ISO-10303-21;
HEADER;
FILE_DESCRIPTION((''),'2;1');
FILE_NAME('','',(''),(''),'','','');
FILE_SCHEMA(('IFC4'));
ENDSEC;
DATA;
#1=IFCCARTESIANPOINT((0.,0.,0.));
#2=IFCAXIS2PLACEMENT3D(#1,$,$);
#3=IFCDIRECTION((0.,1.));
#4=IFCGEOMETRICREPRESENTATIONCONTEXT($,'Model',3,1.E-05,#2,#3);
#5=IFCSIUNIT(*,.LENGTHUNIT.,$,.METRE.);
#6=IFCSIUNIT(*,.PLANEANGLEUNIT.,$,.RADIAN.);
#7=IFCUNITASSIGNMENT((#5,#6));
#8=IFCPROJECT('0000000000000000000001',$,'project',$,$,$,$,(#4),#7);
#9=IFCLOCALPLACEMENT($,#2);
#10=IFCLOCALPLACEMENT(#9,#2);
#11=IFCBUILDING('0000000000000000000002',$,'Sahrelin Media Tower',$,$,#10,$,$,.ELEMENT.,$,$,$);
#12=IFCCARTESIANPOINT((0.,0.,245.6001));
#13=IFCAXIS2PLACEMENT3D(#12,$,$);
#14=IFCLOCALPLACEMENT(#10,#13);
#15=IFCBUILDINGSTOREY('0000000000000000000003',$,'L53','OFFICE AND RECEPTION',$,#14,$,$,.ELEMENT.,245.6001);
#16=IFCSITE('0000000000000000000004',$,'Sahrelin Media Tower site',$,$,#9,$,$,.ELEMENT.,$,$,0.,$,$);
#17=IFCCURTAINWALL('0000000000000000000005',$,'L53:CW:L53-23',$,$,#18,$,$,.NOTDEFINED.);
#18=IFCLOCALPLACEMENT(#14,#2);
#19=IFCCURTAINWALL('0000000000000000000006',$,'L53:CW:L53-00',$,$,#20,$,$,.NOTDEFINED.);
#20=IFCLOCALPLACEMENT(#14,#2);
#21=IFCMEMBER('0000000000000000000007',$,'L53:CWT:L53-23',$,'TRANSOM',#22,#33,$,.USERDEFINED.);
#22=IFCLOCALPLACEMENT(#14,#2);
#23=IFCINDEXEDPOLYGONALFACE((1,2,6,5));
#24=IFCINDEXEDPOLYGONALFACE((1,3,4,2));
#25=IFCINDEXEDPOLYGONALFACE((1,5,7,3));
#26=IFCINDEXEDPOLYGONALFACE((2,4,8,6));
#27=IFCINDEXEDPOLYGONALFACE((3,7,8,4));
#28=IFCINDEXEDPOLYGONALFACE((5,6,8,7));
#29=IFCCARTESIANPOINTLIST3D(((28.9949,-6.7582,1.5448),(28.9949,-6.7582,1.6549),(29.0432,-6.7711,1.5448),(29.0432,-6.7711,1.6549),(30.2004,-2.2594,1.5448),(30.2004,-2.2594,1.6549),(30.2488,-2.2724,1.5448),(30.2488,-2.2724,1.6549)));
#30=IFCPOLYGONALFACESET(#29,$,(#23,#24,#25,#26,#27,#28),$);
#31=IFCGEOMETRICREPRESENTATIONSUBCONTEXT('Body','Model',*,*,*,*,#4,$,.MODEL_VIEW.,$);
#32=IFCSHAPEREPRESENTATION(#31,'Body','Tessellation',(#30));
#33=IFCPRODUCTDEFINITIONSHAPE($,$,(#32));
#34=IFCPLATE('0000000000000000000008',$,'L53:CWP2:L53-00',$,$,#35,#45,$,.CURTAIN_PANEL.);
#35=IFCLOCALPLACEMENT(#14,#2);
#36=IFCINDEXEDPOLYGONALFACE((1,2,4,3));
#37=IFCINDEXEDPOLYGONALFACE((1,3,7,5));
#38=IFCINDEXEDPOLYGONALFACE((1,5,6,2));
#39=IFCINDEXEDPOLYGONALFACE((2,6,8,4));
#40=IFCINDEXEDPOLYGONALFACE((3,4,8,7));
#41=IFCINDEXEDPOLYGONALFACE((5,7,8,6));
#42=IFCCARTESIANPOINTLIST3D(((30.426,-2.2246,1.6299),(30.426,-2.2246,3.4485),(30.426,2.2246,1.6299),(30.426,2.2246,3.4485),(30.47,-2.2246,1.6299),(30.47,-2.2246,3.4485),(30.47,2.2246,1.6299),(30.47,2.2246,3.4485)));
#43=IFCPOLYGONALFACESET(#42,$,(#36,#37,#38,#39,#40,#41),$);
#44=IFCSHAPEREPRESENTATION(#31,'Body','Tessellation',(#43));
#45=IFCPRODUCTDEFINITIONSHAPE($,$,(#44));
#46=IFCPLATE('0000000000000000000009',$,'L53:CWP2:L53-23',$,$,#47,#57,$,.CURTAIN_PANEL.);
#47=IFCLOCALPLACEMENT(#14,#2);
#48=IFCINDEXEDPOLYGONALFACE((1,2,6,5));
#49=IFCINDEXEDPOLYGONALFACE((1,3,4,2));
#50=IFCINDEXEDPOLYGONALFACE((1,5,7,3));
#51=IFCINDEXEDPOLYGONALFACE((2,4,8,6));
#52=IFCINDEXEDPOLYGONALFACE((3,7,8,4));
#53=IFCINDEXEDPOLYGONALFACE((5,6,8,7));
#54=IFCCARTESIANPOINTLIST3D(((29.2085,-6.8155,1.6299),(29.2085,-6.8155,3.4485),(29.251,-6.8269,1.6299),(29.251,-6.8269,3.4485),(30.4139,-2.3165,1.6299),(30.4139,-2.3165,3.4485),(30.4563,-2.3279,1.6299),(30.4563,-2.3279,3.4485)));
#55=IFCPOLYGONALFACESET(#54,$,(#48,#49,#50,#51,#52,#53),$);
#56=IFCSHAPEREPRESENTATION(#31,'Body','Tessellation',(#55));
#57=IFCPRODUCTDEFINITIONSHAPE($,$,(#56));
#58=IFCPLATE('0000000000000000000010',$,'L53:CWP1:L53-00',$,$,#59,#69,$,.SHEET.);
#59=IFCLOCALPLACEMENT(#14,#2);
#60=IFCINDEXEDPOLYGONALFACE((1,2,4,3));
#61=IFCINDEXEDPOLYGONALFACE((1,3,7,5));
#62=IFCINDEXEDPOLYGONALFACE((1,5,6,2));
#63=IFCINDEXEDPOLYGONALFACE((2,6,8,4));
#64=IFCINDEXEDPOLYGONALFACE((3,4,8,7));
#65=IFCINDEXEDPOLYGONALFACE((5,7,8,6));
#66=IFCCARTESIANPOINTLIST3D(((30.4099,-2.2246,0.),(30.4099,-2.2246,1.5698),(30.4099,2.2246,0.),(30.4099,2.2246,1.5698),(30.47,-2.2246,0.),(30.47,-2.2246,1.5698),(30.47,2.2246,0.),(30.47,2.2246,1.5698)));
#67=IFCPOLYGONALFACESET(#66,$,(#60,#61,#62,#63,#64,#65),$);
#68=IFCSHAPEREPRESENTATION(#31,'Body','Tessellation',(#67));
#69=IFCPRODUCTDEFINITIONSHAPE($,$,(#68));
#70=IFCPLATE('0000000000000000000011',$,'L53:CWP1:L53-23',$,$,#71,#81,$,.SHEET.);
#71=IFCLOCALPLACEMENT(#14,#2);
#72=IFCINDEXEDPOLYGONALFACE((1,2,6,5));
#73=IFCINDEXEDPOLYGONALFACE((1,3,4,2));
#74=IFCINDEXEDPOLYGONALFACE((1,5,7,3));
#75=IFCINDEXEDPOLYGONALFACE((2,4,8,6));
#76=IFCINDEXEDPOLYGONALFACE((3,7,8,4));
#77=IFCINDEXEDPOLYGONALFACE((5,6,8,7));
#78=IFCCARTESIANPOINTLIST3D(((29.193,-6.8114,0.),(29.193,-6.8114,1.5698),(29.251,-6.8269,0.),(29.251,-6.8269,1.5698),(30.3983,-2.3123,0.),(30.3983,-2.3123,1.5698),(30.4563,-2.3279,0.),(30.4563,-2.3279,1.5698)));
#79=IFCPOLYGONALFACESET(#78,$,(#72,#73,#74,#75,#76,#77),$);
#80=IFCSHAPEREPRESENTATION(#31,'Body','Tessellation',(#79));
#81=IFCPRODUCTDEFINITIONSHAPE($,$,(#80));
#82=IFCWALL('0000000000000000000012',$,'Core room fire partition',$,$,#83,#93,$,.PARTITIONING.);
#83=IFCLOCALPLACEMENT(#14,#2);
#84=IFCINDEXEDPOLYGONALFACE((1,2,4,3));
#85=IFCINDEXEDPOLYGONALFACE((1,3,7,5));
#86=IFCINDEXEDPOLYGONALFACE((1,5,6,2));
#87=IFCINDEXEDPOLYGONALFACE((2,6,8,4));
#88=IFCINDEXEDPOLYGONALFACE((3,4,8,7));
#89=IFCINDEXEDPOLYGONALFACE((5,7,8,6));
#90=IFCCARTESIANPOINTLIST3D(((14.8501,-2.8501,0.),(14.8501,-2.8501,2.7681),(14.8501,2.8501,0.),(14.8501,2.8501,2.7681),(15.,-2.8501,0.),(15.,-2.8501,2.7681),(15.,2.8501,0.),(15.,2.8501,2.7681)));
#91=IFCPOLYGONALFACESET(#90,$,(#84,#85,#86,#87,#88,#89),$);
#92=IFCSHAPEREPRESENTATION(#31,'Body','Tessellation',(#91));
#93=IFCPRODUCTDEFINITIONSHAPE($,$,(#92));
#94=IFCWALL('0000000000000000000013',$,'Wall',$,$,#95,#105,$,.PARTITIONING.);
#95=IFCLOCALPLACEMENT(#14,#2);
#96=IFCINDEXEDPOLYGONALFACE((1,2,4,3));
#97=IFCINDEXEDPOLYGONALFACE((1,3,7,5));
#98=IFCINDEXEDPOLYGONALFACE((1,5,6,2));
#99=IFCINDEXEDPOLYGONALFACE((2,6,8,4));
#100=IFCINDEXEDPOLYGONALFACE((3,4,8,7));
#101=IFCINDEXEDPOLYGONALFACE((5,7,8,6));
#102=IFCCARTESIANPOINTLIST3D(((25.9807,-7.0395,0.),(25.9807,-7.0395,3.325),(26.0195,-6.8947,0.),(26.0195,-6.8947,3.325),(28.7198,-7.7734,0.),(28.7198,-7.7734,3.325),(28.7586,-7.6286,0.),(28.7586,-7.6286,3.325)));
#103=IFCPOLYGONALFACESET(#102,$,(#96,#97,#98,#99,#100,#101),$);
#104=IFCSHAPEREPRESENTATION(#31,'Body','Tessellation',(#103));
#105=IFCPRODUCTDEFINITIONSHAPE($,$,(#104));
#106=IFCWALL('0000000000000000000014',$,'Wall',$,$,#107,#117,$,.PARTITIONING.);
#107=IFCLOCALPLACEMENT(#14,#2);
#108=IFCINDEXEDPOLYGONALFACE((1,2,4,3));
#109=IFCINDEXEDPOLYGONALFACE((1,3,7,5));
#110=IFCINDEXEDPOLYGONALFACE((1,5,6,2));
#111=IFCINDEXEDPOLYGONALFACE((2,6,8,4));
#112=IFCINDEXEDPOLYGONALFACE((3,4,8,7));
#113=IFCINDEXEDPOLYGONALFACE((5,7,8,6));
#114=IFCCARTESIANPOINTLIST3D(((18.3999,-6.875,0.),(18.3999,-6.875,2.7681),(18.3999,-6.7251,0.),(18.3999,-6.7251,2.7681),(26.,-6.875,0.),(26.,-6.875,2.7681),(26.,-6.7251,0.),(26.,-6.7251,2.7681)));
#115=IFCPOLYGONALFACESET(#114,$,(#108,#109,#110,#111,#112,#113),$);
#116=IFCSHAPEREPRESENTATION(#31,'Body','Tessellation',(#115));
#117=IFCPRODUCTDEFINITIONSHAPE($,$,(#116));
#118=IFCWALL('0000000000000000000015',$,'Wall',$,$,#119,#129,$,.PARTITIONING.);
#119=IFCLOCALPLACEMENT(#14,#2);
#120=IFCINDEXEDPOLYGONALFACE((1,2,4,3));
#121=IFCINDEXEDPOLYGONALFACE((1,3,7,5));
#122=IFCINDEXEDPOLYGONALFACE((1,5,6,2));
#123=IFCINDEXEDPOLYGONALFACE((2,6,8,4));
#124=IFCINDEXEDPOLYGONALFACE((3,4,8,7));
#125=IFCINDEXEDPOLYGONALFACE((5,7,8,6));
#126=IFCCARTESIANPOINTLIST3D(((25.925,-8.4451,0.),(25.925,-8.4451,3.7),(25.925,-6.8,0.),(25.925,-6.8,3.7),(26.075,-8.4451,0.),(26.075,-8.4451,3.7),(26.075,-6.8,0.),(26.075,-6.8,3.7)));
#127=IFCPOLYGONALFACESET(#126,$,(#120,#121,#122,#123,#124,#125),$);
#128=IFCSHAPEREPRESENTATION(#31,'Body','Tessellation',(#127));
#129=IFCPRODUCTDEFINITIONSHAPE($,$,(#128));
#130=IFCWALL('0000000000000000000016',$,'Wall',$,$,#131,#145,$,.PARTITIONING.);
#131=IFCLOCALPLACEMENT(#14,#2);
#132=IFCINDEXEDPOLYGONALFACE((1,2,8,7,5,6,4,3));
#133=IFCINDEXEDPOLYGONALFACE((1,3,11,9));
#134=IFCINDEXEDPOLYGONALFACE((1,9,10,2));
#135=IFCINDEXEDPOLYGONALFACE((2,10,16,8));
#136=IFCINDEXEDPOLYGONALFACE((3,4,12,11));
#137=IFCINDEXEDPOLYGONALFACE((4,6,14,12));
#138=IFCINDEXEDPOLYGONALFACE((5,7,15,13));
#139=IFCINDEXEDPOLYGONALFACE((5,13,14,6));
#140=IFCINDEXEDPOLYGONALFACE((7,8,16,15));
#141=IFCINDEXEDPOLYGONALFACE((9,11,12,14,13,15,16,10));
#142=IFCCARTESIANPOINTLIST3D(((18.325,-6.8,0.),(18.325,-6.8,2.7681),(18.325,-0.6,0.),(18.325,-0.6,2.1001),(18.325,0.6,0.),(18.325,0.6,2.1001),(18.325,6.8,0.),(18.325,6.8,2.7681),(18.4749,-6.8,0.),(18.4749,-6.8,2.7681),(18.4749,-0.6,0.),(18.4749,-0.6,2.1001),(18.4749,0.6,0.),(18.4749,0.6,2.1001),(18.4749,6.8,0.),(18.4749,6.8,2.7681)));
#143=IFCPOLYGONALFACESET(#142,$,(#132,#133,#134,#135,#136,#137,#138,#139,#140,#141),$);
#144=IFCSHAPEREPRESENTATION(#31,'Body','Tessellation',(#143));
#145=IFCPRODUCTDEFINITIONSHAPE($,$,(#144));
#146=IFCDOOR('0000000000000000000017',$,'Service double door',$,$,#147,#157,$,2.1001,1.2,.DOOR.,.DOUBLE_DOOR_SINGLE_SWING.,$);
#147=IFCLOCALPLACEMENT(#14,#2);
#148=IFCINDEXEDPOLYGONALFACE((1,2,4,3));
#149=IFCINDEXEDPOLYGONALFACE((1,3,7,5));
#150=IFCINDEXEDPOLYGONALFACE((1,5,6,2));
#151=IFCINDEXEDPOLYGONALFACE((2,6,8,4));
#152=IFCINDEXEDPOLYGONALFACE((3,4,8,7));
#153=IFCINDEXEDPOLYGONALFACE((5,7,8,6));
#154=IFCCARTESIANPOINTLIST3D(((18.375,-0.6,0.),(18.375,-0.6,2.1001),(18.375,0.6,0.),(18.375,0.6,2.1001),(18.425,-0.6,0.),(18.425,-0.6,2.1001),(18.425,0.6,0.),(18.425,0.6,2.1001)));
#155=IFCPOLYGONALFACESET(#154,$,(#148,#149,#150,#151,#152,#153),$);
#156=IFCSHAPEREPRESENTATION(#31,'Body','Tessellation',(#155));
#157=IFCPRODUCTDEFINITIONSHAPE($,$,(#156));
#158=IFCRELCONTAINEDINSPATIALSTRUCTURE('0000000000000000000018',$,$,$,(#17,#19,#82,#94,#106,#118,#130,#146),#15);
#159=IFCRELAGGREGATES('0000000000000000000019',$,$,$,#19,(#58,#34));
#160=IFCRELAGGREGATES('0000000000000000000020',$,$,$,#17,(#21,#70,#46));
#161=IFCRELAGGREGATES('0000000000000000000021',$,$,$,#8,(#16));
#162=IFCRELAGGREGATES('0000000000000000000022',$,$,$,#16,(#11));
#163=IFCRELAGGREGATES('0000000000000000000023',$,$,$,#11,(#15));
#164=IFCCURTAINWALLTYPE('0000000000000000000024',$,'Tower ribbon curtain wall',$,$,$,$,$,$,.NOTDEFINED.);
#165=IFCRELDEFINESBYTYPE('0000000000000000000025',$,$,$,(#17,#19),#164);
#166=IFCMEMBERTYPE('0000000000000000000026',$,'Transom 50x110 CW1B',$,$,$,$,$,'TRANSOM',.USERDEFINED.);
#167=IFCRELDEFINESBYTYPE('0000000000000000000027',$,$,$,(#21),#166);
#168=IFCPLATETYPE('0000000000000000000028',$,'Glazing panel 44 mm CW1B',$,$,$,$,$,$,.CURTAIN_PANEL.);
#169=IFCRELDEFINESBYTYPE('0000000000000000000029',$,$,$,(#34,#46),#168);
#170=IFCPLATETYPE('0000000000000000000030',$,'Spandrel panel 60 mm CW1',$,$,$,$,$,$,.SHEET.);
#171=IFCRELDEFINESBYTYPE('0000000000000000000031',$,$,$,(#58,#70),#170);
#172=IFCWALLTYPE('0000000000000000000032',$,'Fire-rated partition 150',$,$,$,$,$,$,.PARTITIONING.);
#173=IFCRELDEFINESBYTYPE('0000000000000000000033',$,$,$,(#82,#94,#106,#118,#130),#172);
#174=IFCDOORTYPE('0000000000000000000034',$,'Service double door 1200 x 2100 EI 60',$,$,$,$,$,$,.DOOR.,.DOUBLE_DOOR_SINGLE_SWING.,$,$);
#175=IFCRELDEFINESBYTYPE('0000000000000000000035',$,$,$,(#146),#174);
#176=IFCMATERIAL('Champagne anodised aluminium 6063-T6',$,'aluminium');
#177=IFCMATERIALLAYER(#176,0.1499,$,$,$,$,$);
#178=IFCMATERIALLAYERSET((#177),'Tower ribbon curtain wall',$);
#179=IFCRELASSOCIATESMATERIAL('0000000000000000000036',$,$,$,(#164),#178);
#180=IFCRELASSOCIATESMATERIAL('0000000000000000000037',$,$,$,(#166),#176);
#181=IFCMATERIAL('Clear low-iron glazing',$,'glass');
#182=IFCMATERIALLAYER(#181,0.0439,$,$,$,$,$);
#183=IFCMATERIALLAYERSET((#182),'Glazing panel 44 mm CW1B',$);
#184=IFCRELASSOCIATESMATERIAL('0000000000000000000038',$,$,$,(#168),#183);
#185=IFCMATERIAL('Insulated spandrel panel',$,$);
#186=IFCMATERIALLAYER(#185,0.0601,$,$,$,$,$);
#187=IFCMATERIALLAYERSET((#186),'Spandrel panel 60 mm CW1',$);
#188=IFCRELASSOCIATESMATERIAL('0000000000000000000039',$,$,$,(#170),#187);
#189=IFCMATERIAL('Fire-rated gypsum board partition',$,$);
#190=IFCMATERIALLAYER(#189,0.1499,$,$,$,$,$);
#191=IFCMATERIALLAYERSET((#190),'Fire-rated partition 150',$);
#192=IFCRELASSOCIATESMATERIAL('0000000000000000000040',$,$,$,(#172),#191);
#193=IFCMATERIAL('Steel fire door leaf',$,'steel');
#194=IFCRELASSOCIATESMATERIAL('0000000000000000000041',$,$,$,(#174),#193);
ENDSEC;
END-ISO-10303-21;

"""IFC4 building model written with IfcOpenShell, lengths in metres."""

from ifc_helpers import new_model, si_unit, direction, frame, frame_2d, origin, origin_2d, place, context, subcontext, project, spatial, polyline, rectangle, outline, extrude, material, layer, layer_set, material_profile, profile_set, type_object, element, fill, aggregate, save


model = new_model("IFC4")

# Units and contexts
model_context = context("Model", 3, precision=1e-05, world=origin(), true_north=direction((0.0, 1.0)))
body_context = subcontext(model_context, "Body", "Model", "MODEL_VIEW")
ifc_project = project(units=[si_unit("LENGTHUNIT", "METRE"), si_unit("PLANEANGLEUNIT", "RADIAN")], contexts=[model_context])

# Site, building, storey
site_placement = place(None, origin())
site = spatial("IfcSite", under=ifc_project, at=site_placement, Name="Sahrelin Media Tower site", CompositionType="ELEMENT", RefElevation=0.0)
building_placement = place(site_placement, origin())
building = spatial("IfcBuilding", under=site, at=building_placement, Name="Sahrelin Media Tower", CompositionType="ELEMENT")
storey_placement = place(building_placement, frame((0.0, 0.0, 245.6001)))
storey = spatial("IfcBuildingStorey", under=building, at=storey_placement, Name="L53", Description="OFFICE AND RECEPTION", CompositionType="ELEMENT", Elevation=245.6001)

# Curtain wall
ifc_material_1 = material(Name="Champagne anodised aluminium 6063-T6", Category="aluminium")
ifc_layer_1 = layer(ifc_material_1, 0.1499)
ifc_layer_set_1 = layer_set([ifc_layer_1], Name="Tower ribbon curtain wall")
curtain_wall_type = type_object("IfcCurtainWallType", Name="Tower ribbon curtain wall", PredefinedType="NOTDEFINED", material=ifc_layer_set_1)
curtain_wall_1_placement = place(storey_placement, frame((29.8345, -4.5723, 0.0), z_axis=(0.0, 0.0, 1.0), x_axis=(1.0, 0.0, 0.0)))
curtain_wall_1 = element("IfcCurtainWall", 1, at=curtain_wall_1_placement, inside=storey, type_object=curtain_wall_type, Name="L53:CW:L53-23", PredefinedType="NOTDEFINED")

# Curtain wall
curtain_wall_2_placement = place(storey_placement, frame((30.45, 0.0, 0.0), z_axis=(0.0, 0.0, 1.0), x_axis=(1.0, 0.0, 0.0)))
curtain_wall_2 = element("IfcCurtainWall", 2, at=curtain_wall_2_placement, inside=storey, type_object=curtain_wall_type, Name="L53:CW:L53-00", PredefinedType="NOTDEFINED")
ifc_material_profile_1 = material_profile(ifc_material_1, rectangle(XDim=0.05, YDim=0.1101, at=origin_2d()), Name="Transom 50x110")
ifc_profile_set_1 = profile_set([ifc_material_profile_1], Name="Champagne anodised aluminium 6063-T6")
member_type_1 = type_object("IfcMemberType", Name="Transom 50x110 CW1B", ElementType="TRANSOM", PredefinedType="USERDEFINED", material=ifc_profile_set_1)

# Member
member_1_placement = place(storey_placement, frame((29.019, -6.7646, 1.5999), z_axis=(0.258844, 0.965919, 0.0), x_axis=(-0.965919, 0.258844, 0.0)))
member_1 = element("IfcMember", 3, at=member_1_placement, type_object=member_type_1, Name="L53:CWT:L53-23", ObjectType="TRANSOM", PredefinedType="USERDEFINED", context=body_context, shape_type="SweptSolid", body=[
    extrude(rectangle(XDim=0.05, YDim=0.1101, at=origin_2d()), origin(), (0.0, 0.0, 1.0), 4.6575),
])

# Plates
ifc_material_2 = material(Name="Clear low-iron glazing", Category="glass")
ifc_layer_2 = layer(ifc_material_2, 0.0439)
ifc_layer_set_2 = layer_set([ifc_layer_2], Name="Glazing panel 44 mm CW1B")
plate_type_1 = type_object("IfcPlateType", Name="Glazing panel 44 mm CW1B", PredefinedType="CURTAIN_PANEL", material=ifc_layer_set_2)
plate_1_placement = place(storey_placement, frame((30.47, -2.2246, 1.6299), z_axis=(1.0, 0.0, 0.0), x_axis=(0.0, 1.0, 0.0)))
plate_1 = element("IfcPlate", 4, at=plate_1_placement, type_object=plate_type_1, Name="L53:CWP2:L53-00", PredefinedType="CURTAIN_PANEL", context=body_context, shape_type="SweptSolid", body=[
    extrude(outline(polyline([(0.0, 0.0), (4.4492, 0.0), (4.4492, 1.8186), (0.0, 1.8186), (0.0, 0.0)])), origin(), (0.0, 0.0, -1.0), 0.0439),
])
plate_2_placement = place(storey_placement, frame((29.251, -6.8269, 1.6299), z_axis=(0.965936, -0.258781, 0.0), x_axis=(0.258781, 0.965936, 0.0)))
plate_2 = element("IfcPlate", 5, at=plate_2_placement, type_object=plate_type_1, Name="L53:CWP2:L53-23", PredefinedType="CURTAIN_PANEL", context=body_context, shape_type="SweptSolid", body=[
    extrude(outline(polyline([(0.0, 0.0), (4.6577, 0.0), (4.6577, 1.8186), (0.0, 1.8186), (0.0, 0.0)])), origin(), (0.0, 0.0, -1.0), 0.0439),
])
ifc_material_3 = material(Name="Insulated spandrel panel")
ifc_layer_3 = layer(ifc_material_3, 0.0601)
ifc_layer_set_3 = layer_set([ifc_layer_3], Name="Spandrel panel 60 mm CW1")
plate_type_2 = type_object("IfcPlateType", Name="Spandrel panel 60 mm CW1", PredefinedType="SHEET", material=ifc_layer_set_3)
plate_3_placement = place(storey_placement, frame((30.47, -2.2246, 0.0), z_axis=(1.0, 0.0, 0.0), x_axis=(0.0, 1.0, 0.0)))
plate_3 = element("IfcPlate", 6, at=plate_3_placement, type_object=plate_type_2, Name="L53:CWP1:L53-00", PredefinedType="SHEET", context=body_context, shape_type="SweptSolid", body=[
    extrude(outline(polyline([(0.0, 0.0), (4.4492, 0.0), (4.4492, 1.5698), (0.0, 1.5698), (0.0, 0.0)])), origin(), (0.0, 0.0, -1.0), 0.0601),
])
aggregate(curtain_wall_2, [plate_3, plate_1])
plate_4_placement = place(storey_placement, frame((29.251, -6.8269, 0.0), z_axis=(0.965936, -0.258781, 0.0), x_axis=(0.258781, 0.965936, 0.0)))
plate_4 = element("IfcPlate", 7, at=plate_4_placement, type_object=plate_type_2, Name="L53:CWP1:L53-23", PredefinedType="SHEET", context=body_context, shape_type="SweptSolid", body=[
    extrude(outline(polyline([(0.0, 0.0), (4.6577, 0.0), (4.6577, 1.5698), (0.0, 1.5698), (0.0, 0.0)])), origin(), (0.0, 0.0, -1.0), 0.0601),
])
aggregate(curtain_wall_1, [member_1, plate_4, plate_2])

# Walls
ifc_material_4 = material(Name="Fire-rated gypsum board partition")
ifc_layer_4 = layer(ifc_material_4, 0.1499)
ifc_layer_set_4 = layer_set([ifc_layer_4], Name="Fire-rated partition 150")
wall_type_1 = type_object("IfcWallType", Name="Fire-rated partition 150", PredefinedType="PARTITIONING", material=ifc_layer_set_4)
wall_1_placement = place(storey_placement, frame((14.925, -2.8501, 0.0), z_axis=(0.0, 0.0, 1.0), x_axis=(0.0, 1.0, 0.0)))
element("IfcWall", 8, at=wall_1_placement, inside=storey, type_object=wall_type_1, Name="Core room fire partition", PredefinedType="PARTITIONING", context=body_context, shape_type="SweptSolid", body=[
    extrude(rectangle(XDim=5.7002, YDim=0.1499, at=frame_2d((2.8501, 0.0))), origin(), (0.0, 0.0, 1.0), 2.7681),
])
wall_2_placement = place(storey_placement, frame((26.0, -6.967, 0.0), z_axis=(0.0, 0.0, 1.0), x_axis=(0.965928, -0.258809, 0.0)))
element("IfcWall", 9, at=wall_2_placement, inside=storey, type_object=wall_type_1, Name="Wall", PredefinedType="PARTITIONING", context=body_context, shape_type="SweptSolid", body=[
    extrude(rectangle(XDim=2.8357, YDim=0.1499, at=frame_2d((1.418, 0.0))), origin(), (0.0, 0.0, 1.0), 3.325),
])
wall_3_placement = place(storey_placement, frame((18.3999, -6.8, 0.0), z_axis=(0.0, 0.0, 1.0), x_axis=(1.0, 0.0, 0.0)))
element("IfcWall", 10, at=wall_3_placement, inside=storey, type_object=wall_type_1, Name="Wall", PredefinedType="PARTITIONING", context=body_context, shape_type="SweptSolid", body=[
    extrude(rectangle(XDim=7.6001, YDim=0.1499, at=frame_2d((3.8, 0.0))), origin(), (0.0, 0.0, 1.0), 2.7681),
])
wall_4_placement = place(storey_placement, frame((26.0, -8.4451, 0.0), z_axis=(0.0, 0.0, 1.0), x_axis=(0.0, 1.0, 0.0)))
element("IfcWall", 11, at=wall_4_placement, inside=storey, type_object=wall_type_1, Name="Wall", PredefinedType="PARTITIONING", context=body_context, shape_type="SweptSolid", body=[
    extrude(rectangle(XDim=1.645, YDim=0.1499, at=frame_2d((0.8225, 0.0))), origin(), (0.0, 0.0, 1.0), 3.7),
])

# Wall, opening, door
wall_5_placement = place(storey_placement, frame((18.3999, -6.8, 0.0), z_axis=(0.0, 0.0, 1.0), x_axis=(0.0, 1.0, 0.0)))
wall_5 = element("IfcWall", 12, at=wall_5_placement, inside=storey, type_object=wall_type_1, Name="Wall", PredefinedType="PARTITIONING", context=body_context, shape_type="SweptSolid", body=[
    extrude(rectangle(XDim=13.6001, YDim=0.1499, at=frame_2d((6.8, 0.0))), origin(), (0.0, 0.0, 1.0), 2.7681),
])
opening_1_placement = place(wall_5_placement, frame((6.2, 0.0, 0.0)))
opening_1 = element("IfcOpeningElement", 13, at=opening_1_placement, cuts=wall_5, PredefinedType="OPENING", context=body_context, shape_type="SweptSolid", body=[
    extrude(rectangle(XDim=1.2, YDim=2.1001, at=frame_2d((0.6001, 1.05))), frame((0.0, 0.075, 0.0), z_axis=(0.0, -1.0, 0.0), x_axis=(1.0, 0.0, 0.0)), (0.0, 0.0, 1.0), 0.1499),
])
ifc_material_5 = material(Name="Steel fire door leaf", Category="steel")
door_type_1 = type_object("IfcDoorType", Name="Service double door 1200 x 2100 EI 60", OperationType="DOUBLE_DOOR_SINGLE_SWING", PredefinedType="DOOR", material=ifc_material_5)
door_1_placement = place(opening_1_placement, origin())
door_1 = element("IfcDoor", 14, at=door_1_placement, inside=storey, type_object=door_type_1, Name="Service double door", OperationType="DOUBLE_DOOR_SINGLE_SWING", OverallHeight=2.1001, OverallWidth=1.2, PredefinedType="DOOR", context=body_context, shape_type="SweptSolid", body=[
    extrude(rectangle(XDim=1.2, YDim=2.1001, at=frame_2d((0.6001, 1.05))), frame((0.0, 0.0249, 0.0), z_axis=(0.0, -1.0, 0.0), x_axis=(1.0, 0.0, 0.0)), (0.0, 0.0, 1.0), 0.05),
])
fill(opening_1, door_1)

save(model, "model.ifc")
